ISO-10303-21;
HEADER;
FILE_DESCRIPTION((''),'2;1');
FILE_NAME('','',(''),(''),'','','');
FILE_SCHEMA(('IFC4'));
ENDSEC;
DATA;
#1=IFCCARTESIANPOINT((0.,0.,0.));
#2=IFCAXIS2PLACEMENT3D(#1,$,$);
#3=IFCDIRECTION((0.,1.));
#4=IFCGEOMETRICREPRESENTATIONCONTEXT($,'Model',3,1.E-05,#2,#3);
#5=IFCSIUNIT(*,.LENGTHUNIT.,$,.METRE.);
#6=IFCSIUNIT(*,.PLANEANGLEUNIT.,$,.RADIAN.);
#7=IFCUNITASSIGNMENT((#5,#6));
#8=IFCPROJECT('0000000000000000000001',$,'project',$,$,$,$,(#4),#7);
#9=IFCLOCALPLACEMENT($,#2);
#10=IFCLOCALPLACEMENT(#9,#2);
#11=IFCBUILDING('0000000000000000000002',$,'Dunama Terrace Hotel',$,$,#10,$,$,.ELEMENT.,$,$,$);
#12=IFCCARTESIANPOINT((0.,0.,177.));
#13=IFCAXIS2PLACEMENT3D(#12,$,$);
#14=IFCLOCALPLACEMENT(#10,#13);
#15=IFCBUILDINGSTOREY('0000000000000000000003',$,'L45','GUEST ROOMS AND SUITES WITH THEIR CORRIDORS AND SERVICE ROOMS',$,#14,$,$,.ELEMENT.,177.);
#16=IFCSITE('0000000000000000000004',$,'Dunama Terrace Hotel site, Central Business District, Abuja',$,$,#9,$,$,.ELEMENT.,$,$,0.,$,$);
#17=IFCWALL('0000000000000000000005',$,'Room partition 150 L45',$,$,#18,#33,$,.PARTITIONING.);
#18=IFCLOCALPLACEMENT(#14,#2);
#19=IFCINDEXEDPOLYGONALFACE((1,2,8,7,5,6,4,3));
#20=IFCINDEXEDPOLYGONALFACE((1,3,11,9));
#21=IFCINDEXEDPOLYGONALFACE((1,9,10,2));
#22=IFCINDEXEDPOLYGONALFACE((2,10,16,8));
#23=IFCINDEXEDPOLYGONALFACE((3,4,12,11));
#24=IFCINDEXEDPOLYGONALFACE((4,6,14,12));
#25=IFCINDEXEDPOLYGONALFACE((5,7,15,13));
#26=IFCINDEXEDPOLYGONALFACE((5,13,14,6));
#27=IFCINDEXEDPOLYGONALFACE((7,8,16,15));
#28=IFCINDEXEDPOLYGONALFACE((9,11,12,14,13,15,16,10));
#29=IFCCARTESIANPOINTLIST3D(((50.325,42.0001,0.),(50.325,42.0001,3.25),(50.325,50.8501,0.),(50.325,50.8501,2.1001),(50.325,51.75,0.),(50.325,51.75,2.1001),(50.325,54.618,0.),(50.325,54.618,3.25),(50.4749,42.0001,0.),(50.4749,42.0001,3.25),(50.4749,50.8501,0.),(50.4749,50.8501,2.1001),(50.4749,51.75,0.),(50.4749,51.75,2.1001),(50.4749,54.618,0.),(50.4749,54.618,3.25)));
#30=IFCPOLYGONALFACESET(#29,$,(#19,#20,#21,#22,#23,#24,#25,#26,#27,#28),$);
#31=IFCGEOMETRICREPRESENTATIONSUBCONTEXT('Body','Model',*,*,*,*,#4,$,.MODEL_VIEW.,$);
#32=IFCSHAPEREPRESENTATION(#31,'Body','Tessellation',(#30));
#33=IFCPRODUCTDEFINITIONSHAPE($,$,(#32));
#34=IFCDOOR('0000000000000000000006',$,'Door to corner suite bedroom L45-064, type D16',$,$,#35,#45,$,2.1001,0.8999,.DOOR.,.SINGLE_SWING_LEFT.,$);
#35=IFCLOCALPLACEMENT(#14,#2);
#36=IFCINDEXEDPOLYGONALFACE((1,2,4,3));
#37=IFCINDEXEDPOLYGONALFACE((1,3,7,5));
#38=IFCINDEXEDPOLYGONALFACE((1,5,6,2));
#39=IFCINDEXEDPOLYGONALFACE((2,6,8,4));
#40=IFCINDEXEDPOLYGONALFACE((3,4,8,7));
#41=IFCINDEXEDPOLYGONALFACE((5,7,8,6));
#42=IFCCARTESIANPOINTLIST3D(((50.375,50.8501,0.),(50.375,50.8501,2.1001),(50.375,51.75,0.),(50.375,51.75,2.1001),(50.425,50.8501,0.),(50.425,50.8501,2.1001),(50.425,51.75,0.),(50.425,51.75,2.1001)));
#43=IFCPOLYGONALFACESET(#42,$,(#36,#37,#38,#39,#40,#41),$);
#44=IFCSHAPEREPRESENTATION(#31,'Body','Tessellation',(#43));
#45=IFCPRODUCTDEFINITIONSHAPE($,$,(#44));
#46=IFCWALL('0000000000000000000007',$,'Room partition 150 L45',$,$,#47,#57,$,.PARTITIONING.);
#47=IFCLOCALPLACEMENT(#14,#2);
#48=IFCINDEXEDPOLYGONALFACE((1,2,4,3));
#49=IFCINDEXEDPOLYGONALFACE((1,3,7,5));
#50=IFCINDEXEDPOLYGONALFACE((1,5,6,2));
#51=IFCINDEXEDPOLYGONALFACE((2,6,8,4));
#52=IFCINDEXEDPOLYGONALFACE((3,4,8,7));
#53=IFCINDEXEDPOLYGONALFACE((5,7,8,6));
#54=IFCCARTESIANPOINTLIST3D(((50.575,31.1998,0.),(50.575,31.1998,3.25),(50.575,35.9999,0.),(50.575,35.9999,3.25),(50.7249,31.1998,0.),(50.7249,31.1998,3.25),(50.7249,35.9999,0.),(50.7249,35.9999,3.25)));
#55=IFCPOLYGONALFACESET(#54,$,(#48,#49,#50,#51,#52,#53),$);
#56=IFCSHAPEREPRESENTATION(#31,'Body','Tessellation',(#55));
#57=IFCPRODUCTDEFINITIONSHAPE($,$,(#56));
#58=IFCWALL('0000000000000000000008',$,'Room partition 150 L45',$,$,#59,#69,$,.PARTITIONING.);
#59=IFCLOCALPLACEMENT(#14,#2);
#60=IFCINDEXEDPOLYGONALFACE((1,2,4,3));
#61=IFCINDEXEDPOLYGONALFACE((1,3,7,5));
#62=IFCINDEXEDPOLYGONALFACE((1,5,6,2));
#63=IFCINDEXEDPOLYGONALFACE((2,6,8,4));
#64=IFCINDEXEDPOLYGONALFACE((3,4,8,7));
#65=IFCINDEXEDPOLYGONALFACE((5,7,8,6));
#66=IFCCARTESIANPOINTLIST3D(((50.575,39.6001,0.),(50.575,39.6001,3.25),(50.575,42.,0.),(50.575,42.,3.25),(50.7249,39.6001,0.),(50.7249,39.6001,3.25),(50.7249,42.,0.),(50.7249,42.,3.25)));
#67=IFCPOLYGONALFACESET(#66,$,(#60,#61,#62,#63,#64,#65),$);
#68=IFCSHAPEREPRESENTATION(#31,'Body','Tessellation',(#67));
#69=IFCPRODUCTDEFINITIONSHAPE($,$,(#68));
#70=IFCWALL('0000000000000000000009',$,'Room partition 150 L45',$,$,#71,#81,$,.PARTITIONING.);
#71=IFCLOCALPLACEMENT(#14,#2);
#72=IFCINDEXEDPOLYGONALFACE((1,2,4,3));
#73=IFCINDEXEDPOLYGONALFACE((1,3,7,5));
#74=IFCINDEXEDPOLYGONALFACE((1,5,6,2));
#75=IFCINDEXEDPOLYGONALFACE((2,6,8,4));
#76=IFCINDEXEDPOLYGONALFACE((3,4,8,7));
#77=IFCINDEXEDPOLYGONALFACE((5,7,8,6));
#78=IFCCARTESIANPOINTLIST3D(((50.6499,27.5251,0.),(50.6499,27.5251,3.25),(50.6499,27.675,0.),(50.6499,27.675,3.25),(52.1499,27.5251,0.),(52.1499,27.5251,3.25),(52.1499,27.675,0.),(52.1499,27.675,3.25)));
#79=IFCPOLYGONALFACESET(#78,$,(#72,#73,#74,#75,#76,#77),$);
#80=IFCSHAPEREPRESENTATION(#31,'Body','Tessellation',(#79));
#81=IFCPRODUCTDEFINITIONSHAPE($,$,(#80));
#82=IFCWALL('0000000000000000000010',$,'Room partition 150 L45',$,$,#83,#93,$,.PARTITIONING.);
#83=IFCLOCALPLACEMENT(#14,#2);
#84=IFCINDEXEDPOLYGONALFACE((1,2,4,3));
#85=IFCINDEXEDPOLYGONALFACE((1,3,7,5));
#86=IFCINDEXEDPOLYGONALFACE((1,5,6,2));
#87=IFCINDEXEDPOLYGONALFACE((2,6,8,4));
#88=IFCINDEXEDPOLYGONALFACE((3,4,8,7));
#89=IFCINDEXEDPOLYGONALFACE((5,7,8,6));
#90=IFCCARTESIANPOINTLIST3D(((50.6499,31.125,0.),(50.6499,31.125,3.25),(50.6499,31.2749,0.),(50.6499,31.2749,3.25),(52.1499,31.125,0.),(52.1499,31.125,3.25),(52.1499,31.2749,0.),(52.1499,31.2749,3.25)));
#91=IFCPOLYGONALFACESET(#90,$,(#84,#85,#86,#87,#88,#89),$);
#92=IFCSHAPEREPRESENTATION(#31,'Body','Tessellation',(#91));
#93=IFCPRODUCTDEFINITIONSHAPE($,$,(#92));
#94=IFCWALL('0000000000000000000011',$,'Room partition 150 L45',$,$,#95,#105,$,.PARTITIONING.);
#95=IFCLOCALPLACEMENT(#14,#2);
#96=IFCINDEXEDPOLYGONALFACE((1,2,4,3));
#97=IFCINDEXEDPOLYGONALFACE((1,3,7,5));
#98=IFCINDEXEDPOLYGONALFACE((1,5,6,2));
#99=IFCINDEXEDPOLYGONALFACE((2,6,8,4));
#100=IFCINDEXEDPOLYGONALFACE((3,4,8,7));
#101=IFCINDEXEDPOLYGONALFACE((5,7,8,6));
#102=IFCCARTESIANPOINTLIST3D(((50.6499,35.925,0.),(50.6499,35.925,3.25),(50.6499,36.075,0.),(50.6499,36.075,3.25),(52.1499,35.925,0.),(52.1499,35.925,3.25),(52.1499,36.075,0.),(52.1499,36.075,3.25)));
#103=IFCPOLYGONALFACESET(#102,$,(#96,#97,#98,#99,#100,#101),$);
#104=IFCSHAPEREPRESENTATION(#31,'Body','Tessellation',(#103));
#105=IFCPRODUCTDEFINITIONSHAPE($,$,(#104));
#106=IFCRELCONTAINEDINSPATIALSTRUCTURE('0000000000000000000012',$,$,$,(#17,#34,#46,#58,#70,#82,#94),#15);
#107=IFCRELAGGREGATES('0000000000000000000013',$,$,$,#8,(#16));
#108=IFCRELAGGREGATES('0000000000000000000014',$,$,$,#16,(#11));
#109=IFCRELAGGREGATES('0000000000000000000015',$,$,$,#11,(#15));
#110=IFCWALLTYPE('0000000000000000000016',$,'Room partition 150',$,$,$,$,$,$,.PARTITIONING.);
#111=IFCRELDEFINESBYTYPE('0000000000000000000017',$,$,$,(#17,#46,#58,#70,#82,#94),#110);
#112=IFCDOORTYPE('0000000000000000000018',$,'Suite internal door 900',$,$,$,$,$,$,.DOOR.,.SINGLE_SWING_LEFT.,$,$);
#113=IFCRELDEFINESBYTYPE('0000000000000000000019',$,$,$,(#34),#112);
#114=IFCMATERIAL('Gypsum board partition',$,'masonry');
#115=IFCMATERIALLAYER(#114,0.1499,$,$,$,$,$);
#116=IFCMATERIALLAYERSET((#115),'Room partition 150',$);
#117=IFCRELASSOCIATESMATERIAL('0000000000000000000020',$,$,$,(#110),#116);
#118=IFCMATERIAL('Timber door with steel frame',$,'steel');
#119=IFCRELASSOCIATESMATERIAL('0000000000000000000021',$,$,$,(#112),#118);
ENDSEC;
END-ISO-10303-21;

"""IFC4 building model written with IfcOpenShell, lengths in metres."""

from ifc_helpers import new_model, si_unit, direction, frame, frame_2d, origin, place, context, subcontext, project, spatial, rectangle, extrude, material, layer, layer_set, type_object, element, fill, save


model = new_model("IFC4")

# Units and contexts
model_context = context("Model", 3, precision=1e-05, world=origin(), true_north=direction((0.0, 1.0)))
body_context = subcontext(model_context, "Body", "Model", "MODEL_VIEW")
ifc_project = project(units=[si_unit("LENGTHUNIT", "METRE"), si_unit("PLANEANGLEUNIT", "RADIAN")], contexts=[model_context])

# Site, building, storey
site_placement = place(None, origin())
site = spatial("IfcSite", under=ifc_project, at=site_placement, Name="Dunama Terrace Hotel site, Central Business District, Abuja", CompositionType="ELEMENT", RefElevation=0.0)
building_placement = place(site_placement, origin())
building = spatial("IfcBuilding", under=site, at=building_placement, Name="Dunama Terrace Hotel", CompositionType="ELEMENT")
storey_placement = place(building_placement, frame((0.0, 0.0, 177.0)))
storey = spatial("IfcBuildingStorey", under=building, at=storey_placement, Name="L45", Description="GUEST ROOMS AND SUITES WITH THEIR CORRIDORS AND SERVICE ROOMS", CompositionType="ELEMENT", Elevation=177.0)

# Wall, opening, door
ifc_material_1 = material(Name="Gypsum board partition", Category="masonry")
ifc_layer_1 = layer(ifc_material_1, 0.1499)
ifc_layer_set_1 = layer_set([ifc_layer_1], Name="Room partition 150")
wall_type_1 = type_object("IfcWallType", Name="Room partition 150", PredefinedType="PARTITIONING", material=ifc_layer_set_1)
wall_1_placement = place(storey_placement, frame((50.3999, 42.0, 0.0), z_axis=(0.0, 0.0, 1.0), x_axis=(0.0, 1.0, 0.0)))
wall_1 = element("IfcWall", 1, at=wall_1_placement, inside=storey, type_object=wall_type_1, Name="Room partition 150 L45", PredefinedType="PARTITIONING", context=body_context, shape_type="SweptSolid", body=[
    extrude(rectangle(XDim=12.6179, YDim=0.1499, at=frame_2d((6.3091, 0.0))), origin(), (0.0, 0.0, 1.0), 3.25),
])
opening_1_placement = place(wall_1_placement, frame((8.8501, 0.0, 0.0)))
opening_1 = element("IfcOpeningElement", 2, at=opening_1_placement, cuts=wall_1, PredefinedType="OPENING", context=body_context, shape_type="SweptSolid", body=[
    extrude(rectangle(XDim=0.8999, YDim=2.1001, at=frame_2d((0.45, 1.05))), frame((0.0, 0.085, 0.0), z_axis=(0.0, -1.0, 0.0), x_axis=(1.0, 0.0, 0.0)), (0.0, 0.0, 1.0), 0.1699),
])
ifc_material_2 = material(Name="Timber door with steel frame", Category="steel")
door_type_1 = type_object("IfcDoorType", Name="Suite internal door 900", OperationType="SINGLE_SWING_LEFT", PredefinedType="DOOR", material=ifc_material_2)
door_1_placement = place(opening_1_placement, frame((0.8999, 0.0, 0.0), z_axis=(0.0, 0.0, 1.0), x_axis=(-1.0, 0.0, 0.0)))
door_1 = element("IfcDoor", 3, at=door_1_placement, inside=storey, type_object=door_type_1, Name="Door to corner suite bedroom L45-064, type D16", OperationType="SINGLE_SWING_LEFT", OverallHeight=2.1001, OverallWidth=0.8999, PredefinedType="DOOR", context=body_context, shape_type="SweptSolid", body=[
    extrude(rectangle(XDim=0.8999, YDim=2.1001, at=frame_2d((0.45, 1.05))), frame((0.0, 0.0251, 0.0), z_axis=(0.0, -1.0, 0.0), x_axis=(1.0, 0.0, 0.0)), (0.0, 0.0, 1.0), 0.05),
])
fill(opening_1, door_1)

# Walls
wall_2_placement = place(storey_placement, frame((50.6499, 31.2, 0.0), z_axis=(0.0, 0.0, 1.0), x_axis=(0.0, 1.0, 0.0)))
element("IfcWall", 4, at=wall_2_placement, inside=storey, type_object=wall_type_1, Name="Room partition 150 L45", PredefinedType="PARTITIONING", context=body_context, shape_type="SweptSolid", body=[
    extrude(rectangle(XDim=4.8, YDim=0.1499, at=frame_2d((2.3999, 0.0))), origin(), (0.0, 0.0, 1.0), 3.25),
])
wall_3_placement = place(storey_placement, frame((50.6499, 39.6001, 0.0), z_axis=(0.0, 0.0, 1.0), x_axis=(0.0, 1.0, 0.0)))
element("IfcWall", 5, at=wall_3_placement, inside=storey, type_object=wall_type_1, Name="Room partition 150 L45", PredefinedType="PARTITIONING", context=body_context, shape_type="SweptSolid", body=[
    extrude(rectangle(XDim=2.3999, YDim=0.1499, at=frame_2d((1.2, 0.0))), origin(), (0.0, 0.0, 1.0), 3.25),
])
for number, where, z_axis, x_axis, name in (
    (6, (50.6499, 27.6001, 0.0), (0.0, 0.0, 1.0), (1.0, 0.0, 0.0), "Room partition 150 L45"),
    (7, (50.6499, 31.2, 0.0), (0.0, 0.0, 1.0), (1.0, 0.0, 0.0), "Room partition 150 L45"),
    (8, (50.6499, 36.0, 0.0), (0.0, 0.0, 1.0), (1.0, 0.0, 0.0), "Room partition 150 L45"),
):
    element("IfcWall", number, at=place(storey_placement, frame(where, z_axis=z_axis, x_axis=x_axis)), inside=storey, type_object=wall_type_1, Name=name, PredefinedType="PARTITIONING", context=body_context, shape_type="SweptSolid", body=[
        extrude(rectangle(XDim=1.5, YDim=0.1499, at=frame_2d((0.75, 0.0))), origin(), (0.0, 0.0, 1.0), 3.25),
    ])

save(model, "model.ifc")
